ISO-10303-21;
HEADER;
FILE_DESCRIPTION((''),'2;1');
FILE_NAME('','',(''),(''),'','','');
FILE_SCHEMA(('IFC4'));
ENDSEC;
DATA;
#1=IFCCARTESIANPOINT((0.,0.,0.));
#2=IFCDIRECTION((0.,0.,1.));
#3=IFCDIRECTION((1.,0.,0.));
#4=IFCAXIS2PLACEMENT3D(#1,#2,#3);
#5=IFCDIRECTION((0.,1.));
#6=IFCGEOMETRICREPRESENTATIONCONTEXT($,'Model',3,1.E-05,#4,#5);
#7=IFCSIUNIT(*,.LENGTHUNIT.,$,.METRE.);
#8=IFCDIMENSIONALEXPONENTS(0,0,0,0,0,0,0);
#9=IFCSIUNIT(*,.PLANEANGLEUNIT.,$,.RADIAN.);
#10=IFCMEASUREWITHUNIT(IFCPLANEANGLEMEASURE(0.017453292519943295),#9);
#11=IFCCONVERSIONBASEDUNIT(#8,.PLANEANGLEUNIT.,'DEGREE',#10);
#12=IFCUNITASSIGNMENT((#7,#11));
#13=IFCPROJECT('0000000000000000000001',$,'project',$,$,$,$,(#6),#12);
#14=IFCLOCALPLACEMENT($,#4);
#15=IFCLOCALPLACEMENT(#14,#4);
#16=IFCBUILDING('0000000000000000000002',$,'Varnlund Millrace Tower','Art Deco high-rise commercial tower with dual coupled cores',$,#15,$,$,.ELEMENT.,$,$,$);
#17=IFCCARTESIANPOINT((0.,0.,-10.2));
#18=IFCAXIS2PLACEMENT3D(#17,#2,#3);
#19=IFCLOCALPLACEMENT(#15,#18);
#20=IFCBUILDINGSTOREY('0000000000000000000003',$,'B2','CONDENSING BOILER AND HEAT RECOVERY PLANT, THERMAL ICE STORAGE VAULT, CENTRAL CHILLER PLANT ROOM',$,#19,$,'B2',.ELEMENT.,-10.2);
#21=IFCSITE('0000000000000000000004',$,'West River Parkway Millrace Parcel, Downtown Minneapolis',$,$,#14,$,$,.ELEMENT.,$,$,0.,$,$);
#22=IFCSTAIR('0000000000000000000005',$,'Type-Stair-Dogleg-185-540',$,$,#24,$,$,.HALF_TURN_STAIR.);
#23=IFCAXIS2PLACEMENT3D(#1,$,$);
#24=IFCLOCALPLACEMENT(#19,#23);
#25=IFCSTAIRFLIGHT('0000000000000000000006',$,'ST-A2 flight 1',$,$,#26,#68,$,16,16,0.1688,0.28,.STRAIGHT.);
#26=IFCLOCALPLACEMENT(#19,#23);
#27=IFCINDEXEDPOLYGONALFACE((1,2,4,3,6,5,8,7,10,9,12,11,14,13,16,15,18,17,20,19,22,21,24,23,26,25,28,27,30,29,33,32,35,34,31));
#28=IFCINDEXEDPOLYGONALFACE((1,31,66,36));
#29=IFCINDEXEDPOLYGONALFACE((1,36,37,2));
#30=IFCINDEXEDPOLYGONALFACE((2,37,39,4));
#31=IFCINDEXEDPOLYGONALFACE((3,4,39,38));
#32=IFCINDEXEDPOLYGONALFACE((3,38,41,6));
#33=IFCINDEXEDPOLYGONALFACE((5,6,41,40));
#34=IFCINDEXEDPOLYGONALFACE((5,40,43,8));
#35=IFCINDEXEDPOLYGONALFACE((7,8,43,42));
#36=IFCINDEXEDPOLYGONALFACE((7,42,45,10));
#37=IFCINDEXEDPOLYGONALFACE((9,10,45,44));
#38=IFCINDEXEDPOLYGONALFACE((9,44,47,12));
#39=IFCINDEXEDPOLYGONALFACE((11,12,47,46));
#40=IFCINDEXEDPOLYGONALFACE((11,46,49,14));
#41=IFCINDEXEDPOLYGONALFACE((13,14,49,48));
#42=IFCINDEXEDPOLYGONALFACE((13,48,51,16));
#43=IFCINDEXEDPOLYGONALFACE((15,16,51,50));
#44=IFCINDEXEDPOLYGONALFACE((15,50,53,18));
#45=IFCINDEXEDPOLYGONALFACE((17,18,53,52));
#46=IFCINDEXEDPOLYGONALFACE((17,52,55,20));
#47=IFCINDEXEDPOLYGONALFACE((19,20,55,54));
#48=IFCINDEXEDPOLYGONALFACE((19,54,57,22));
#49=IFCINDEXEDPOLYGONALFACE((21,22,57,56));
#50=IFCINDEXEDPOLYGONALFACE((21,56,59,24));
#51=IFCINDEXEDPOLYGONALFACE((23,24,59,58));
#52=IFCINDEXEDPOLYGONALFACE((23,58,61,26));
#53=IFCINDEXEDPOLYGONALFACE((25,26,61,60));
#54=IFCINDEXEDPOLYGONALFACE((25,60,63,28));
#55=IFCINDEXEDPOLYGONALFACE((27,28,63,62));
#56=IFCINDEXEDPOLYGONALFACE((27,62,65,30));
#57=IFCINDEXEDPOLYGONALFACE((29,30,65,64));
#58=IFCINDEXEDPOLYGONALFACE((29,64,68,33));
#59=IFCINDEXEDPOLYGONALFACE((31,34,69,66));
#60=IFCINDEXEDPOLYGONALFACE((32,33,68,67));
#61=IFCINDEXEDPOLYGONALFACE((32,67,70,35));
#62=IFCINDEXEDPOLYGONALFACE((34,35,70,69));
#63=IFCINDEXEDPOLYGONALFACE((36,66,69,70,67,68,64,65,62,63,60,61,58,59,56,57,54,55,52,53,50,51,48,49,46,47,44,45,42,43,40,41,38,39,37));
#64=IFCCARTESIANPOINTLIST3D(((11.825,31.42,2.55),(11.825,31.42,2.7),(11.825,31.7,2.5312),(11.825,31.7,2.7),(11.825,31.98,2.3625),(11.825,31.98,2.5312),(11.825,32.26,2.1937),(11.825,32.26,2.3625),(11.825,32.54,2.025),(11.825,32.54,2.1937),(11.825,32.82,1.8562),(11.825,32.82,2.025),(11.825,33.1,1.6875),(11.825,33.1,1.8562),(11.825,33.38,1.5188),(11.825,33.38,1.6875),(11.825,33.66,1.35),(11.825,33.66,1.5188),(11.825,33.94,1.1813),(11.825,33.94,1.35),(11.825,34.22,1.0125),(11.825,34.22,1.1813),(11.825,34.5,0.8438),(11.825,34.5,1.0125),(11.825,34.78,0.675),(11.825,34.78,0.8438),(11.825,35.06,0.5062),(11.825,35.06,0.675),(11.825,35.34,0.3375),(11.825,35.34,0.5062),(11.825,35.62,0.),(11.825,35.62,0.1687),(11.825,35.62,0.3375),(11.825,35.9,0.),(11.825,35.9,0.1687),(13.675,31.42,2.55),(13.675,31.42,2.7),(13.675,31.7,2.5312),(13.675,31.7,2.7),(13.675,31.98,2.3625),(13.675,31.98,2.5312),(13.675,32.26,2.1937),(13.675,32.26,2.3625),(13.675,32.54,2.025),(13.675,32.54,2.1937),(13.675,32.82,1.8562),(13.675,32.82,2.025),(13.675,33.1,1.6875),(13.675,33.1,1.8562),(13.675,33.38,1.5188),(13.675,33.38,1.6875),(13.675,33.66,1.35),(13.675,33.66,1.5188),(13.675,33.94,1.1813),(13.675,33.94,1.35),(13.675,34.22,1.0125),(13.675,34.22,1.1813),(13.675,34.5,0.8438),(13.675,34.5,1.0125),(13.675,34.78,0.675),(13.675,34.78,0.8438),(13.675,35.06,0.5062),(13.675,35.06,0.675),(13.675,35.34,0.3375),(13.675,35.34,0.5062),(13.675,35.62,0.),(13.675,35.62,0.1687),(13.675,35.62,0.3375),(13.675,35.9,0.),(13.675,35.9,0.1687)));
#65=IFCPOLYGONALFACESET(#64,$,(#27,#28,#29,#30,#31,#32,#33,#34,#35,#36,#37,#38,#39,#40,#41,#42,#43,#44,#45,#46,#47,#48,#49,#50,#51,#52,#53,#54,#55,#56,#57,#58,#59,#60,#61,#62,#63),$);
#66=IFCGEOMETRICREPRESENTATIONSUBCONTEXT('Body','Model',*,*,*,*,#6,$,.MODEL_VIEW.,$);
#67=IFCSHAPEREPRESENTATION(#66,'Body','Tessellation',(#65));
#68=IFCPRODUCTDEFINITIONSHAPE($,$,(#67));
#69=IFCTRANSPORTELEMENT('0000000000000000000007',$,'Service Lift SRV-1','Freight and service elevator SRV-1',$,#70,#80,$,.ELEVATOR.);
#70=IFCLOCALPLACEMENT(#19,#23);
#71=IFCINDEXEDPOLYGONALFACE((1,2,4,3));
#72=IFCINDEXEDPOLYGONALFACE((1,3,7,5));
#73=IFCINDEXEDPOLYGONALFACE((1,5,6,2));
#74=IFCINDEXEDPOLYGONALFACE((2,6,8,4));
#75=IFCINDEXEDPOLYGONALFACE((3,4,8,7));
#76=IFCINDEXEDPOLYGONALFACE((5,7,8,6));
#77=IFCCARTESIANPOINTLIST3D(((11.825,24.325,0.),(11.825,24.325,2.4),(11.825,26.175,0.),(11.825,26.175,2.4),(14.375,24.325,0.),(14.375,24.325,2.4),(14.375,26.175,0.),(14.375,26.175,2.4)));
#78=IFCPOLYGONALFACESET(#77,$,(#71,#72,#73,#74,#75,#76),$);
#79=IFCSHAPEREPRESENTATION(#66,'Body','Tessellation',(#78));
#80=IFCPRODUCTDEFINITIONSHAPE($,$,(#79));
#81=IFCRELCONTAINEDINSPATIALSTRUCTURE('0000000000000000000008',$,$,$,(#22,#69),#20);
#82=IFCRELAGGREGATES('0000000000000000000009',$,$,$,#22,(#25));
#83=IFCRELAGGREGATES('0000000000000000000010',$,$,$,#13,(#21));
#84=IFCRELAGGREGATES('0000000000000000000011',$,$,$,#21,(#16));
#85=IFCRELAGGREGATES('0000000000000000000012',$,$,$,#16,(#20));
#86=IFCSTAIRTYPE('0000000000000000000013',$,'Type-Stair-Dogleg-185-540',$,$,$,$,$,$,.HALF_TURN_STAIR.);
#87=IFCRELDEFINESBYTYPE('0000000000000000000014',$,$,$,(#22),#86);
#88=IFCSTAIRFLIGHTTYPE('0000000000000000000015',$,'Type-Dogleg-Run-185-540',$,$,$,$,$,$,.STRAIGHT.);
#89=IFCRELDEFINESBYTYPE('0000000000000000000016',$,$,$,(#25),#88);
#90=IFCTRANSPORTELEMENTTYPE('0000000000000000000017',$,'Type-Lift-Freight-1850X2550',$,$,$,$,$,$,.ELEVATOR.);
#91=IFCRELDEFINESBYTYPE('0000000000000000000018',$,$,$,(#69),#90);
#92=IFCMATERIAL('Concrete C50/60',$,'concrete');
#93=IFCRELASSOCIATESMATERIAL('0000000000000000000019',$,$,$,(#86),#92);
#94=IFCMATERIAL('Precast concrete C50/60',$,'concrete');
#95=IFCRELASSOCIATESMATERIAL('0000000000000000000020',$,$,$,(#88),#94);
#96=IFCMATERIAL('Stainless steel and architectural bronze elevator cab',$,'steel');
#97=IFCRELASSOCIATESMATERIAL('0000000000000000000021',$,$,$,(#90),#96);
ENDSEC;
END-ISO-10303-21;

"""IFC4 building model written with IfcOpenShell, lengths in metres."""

from ifc_helpers import new_model, entity, si_unit, converted_unit, direction, frame, origin_with_axes, origin_2d_with_axis, place, context, subcontext, project, spatial, polyline, rectangle, outline, extrude, material, type_object, element, aggregate, save


model = new_model("IFC4")

# Units and contexts
model_context = context("Model", 3, precision=1e-05, world=origin_with_axes(), true_north=direction((0.0, 1.0)))
body_context = subcontext(model_context, "Body", "Model", "MODEL_VIEW")
ifc_project = project(units=[si_unit("LENGTHUNIT", "METRE"), converted_unit("PLANEANGLEUNIT", "DEGREE", entity("IfcPlaneAngleMeasure", 0.017453292519943295), si_unit("PLANEANGLEUNIT", "RADIAN"), dimensions=[0, 0, 0, 0, 0, 0, 0])], contexts=[model_context])

# Site, building, storey
site_placement = place(None, origin_with_axes())
site = spatial("IfcSite", under=ifc_project, at=site_placement, Name="West River Parkway Millrace Parcel, Downtown Minneapolis", CompositionType="ELEMENT", RefElevation=0.0)
building_placement = place(site_placement, origin_with_axes())
building = spatial("IfcBuilding", under=site, at=building_placement, Name="Varnlund Millrace Tower", Description="Art Deco high-rise commercial tower with dual coupled cores", CompositionType="ELEMENT")
storey_placement = place(building_placement, frame((0.0, 0.0, -10.2), z_axis=(0.0, 0.0, 1.0), x_axis=(1.0, 0.0, 0.0)))
storey = spatial("IfcBuildingStorey", under=building, at=storey_placement, Name="B2", Description="CONDENSING BOILER AND HEAT RECOVERY PLANT, THERMAL ICE STORAGE VAULT, CENTRAL CHILLER PLANT ROOM", LongName="B2", CompositionType="ELEMENT", Elevation=-10.2)

# Shared definitions
ifc_material_1 = material(Name="Concrete C50/60", Category="concrete")

# Stair, stair flight
stair_type = type_object("IfcStairType", Name="Type-Stair-Dogleg-185-540", PredefinedType="HALF_TURN_STAIR", material=ifc_material_1)
stair_placement = place(storey_placement, origin_with_axes())
stair = element("IfcStair", 1, at=stair_placement, inside=storey, type_object=stair_type, Name="Type-Stair-Dogleg-185-540", PredefinedType="HALF_TURN_STAIR")
ifc_material_2 = material(Name="Precast concrete C50/60", Category="concrete")
stair_flight_type = type_object("IfcStairFlightType", Name="Type-Dogleg-Run-185-540", PredefinedType="STRAIGHT", material=ifc_material_2)
stair_flight_placement = place(storey_placement, frame((13.675, 35.9, 0.0), z_axis=(-1.0, 0.0, 0.0), x_axis=(0.0, -1.0, 0.0)))
stair_flight = element("IfcStairFlight", 2, at=stair_flight_placement, type_object=stair_flight_type, Name="ST-A2 flight 1", NumberOfRisers=16, NumberOfTreads=16, PredefinedType="STRAIGHT", RiserHeight=0.1688, TreadLength=0.28, context=body_context, shape_type="SweptSolid", body=[
    extrude(outline(polyline([(0.0, 0.0), (0.0, 0.1688), (0.28, 0.1688), (0.28, 0.3375), (0.56, 0.3375), (0.56, 0.5062), (0.84, 0.5062), (0.84, 0.675), (1.12, 0.675), (1.12, 0.8438), (1.4, 0.8438), (1.4, 1.0125), (1.68, 1.0125), (1.68, 1.1812), (1.96, 1.1812), (1.96, 1.35), (2.24, 1.35), (2.24, 1.5188), (2.52, 1.5188), (2.52, 1.6875), (2.8, 1.6875), (2.8, 1.8562), (3.08, 1.8562), (3.08, 2.025), (3.36, 2.025), (3.36, 2.1938), (3.64, 2.1938), (3.64, 2.3625), (3.92, 2.3625), (3.92, 2.5312), (4.2, 2.5312), (4.2, 2.7), (4.48, 2.7), (4.48, 2.55), (0.28, 0.0), (0.0, 0.0)])), origin_with_axes(), (0.0, 0.0, 1.0), 1.85),
])
aggregate(stair, [stair_flight])

# Transport element
ifc_material_3 = material(Name="Stainless steel and architectural bronze elevator cab", Category="steel")
transport_element_type = type_object("IfcTransportElementType", Name="Type-Lift-Freight-1850X2550", PredefinedType="ELEVATOR", material=ifc_material_3)
transport_element_placement = place(storey_placement, frame((13.1, 25.25, 0.0), z_axis=(0.0, 0.0, 1.0), x_axis=(1.0, 0.0, 0.0)))
element("IfcTransportElement", 3, at=transport_element_placement, inside=storey, type_object=transport_element_type, Name="Service Lift SRV-1", Description="Freight and service elevator SRV-1", PredefinedType="ELEVATOR", context=body_context, shape_type="SweptSolid", body=[
    extrude(rectangle(XDim=2.55, YDim=1.85, at=origin_2d_with_axis()), origin_with_axes(), (0.0, 0.0, 1.0), 2.4),
])

save(model, "model.ifc")
